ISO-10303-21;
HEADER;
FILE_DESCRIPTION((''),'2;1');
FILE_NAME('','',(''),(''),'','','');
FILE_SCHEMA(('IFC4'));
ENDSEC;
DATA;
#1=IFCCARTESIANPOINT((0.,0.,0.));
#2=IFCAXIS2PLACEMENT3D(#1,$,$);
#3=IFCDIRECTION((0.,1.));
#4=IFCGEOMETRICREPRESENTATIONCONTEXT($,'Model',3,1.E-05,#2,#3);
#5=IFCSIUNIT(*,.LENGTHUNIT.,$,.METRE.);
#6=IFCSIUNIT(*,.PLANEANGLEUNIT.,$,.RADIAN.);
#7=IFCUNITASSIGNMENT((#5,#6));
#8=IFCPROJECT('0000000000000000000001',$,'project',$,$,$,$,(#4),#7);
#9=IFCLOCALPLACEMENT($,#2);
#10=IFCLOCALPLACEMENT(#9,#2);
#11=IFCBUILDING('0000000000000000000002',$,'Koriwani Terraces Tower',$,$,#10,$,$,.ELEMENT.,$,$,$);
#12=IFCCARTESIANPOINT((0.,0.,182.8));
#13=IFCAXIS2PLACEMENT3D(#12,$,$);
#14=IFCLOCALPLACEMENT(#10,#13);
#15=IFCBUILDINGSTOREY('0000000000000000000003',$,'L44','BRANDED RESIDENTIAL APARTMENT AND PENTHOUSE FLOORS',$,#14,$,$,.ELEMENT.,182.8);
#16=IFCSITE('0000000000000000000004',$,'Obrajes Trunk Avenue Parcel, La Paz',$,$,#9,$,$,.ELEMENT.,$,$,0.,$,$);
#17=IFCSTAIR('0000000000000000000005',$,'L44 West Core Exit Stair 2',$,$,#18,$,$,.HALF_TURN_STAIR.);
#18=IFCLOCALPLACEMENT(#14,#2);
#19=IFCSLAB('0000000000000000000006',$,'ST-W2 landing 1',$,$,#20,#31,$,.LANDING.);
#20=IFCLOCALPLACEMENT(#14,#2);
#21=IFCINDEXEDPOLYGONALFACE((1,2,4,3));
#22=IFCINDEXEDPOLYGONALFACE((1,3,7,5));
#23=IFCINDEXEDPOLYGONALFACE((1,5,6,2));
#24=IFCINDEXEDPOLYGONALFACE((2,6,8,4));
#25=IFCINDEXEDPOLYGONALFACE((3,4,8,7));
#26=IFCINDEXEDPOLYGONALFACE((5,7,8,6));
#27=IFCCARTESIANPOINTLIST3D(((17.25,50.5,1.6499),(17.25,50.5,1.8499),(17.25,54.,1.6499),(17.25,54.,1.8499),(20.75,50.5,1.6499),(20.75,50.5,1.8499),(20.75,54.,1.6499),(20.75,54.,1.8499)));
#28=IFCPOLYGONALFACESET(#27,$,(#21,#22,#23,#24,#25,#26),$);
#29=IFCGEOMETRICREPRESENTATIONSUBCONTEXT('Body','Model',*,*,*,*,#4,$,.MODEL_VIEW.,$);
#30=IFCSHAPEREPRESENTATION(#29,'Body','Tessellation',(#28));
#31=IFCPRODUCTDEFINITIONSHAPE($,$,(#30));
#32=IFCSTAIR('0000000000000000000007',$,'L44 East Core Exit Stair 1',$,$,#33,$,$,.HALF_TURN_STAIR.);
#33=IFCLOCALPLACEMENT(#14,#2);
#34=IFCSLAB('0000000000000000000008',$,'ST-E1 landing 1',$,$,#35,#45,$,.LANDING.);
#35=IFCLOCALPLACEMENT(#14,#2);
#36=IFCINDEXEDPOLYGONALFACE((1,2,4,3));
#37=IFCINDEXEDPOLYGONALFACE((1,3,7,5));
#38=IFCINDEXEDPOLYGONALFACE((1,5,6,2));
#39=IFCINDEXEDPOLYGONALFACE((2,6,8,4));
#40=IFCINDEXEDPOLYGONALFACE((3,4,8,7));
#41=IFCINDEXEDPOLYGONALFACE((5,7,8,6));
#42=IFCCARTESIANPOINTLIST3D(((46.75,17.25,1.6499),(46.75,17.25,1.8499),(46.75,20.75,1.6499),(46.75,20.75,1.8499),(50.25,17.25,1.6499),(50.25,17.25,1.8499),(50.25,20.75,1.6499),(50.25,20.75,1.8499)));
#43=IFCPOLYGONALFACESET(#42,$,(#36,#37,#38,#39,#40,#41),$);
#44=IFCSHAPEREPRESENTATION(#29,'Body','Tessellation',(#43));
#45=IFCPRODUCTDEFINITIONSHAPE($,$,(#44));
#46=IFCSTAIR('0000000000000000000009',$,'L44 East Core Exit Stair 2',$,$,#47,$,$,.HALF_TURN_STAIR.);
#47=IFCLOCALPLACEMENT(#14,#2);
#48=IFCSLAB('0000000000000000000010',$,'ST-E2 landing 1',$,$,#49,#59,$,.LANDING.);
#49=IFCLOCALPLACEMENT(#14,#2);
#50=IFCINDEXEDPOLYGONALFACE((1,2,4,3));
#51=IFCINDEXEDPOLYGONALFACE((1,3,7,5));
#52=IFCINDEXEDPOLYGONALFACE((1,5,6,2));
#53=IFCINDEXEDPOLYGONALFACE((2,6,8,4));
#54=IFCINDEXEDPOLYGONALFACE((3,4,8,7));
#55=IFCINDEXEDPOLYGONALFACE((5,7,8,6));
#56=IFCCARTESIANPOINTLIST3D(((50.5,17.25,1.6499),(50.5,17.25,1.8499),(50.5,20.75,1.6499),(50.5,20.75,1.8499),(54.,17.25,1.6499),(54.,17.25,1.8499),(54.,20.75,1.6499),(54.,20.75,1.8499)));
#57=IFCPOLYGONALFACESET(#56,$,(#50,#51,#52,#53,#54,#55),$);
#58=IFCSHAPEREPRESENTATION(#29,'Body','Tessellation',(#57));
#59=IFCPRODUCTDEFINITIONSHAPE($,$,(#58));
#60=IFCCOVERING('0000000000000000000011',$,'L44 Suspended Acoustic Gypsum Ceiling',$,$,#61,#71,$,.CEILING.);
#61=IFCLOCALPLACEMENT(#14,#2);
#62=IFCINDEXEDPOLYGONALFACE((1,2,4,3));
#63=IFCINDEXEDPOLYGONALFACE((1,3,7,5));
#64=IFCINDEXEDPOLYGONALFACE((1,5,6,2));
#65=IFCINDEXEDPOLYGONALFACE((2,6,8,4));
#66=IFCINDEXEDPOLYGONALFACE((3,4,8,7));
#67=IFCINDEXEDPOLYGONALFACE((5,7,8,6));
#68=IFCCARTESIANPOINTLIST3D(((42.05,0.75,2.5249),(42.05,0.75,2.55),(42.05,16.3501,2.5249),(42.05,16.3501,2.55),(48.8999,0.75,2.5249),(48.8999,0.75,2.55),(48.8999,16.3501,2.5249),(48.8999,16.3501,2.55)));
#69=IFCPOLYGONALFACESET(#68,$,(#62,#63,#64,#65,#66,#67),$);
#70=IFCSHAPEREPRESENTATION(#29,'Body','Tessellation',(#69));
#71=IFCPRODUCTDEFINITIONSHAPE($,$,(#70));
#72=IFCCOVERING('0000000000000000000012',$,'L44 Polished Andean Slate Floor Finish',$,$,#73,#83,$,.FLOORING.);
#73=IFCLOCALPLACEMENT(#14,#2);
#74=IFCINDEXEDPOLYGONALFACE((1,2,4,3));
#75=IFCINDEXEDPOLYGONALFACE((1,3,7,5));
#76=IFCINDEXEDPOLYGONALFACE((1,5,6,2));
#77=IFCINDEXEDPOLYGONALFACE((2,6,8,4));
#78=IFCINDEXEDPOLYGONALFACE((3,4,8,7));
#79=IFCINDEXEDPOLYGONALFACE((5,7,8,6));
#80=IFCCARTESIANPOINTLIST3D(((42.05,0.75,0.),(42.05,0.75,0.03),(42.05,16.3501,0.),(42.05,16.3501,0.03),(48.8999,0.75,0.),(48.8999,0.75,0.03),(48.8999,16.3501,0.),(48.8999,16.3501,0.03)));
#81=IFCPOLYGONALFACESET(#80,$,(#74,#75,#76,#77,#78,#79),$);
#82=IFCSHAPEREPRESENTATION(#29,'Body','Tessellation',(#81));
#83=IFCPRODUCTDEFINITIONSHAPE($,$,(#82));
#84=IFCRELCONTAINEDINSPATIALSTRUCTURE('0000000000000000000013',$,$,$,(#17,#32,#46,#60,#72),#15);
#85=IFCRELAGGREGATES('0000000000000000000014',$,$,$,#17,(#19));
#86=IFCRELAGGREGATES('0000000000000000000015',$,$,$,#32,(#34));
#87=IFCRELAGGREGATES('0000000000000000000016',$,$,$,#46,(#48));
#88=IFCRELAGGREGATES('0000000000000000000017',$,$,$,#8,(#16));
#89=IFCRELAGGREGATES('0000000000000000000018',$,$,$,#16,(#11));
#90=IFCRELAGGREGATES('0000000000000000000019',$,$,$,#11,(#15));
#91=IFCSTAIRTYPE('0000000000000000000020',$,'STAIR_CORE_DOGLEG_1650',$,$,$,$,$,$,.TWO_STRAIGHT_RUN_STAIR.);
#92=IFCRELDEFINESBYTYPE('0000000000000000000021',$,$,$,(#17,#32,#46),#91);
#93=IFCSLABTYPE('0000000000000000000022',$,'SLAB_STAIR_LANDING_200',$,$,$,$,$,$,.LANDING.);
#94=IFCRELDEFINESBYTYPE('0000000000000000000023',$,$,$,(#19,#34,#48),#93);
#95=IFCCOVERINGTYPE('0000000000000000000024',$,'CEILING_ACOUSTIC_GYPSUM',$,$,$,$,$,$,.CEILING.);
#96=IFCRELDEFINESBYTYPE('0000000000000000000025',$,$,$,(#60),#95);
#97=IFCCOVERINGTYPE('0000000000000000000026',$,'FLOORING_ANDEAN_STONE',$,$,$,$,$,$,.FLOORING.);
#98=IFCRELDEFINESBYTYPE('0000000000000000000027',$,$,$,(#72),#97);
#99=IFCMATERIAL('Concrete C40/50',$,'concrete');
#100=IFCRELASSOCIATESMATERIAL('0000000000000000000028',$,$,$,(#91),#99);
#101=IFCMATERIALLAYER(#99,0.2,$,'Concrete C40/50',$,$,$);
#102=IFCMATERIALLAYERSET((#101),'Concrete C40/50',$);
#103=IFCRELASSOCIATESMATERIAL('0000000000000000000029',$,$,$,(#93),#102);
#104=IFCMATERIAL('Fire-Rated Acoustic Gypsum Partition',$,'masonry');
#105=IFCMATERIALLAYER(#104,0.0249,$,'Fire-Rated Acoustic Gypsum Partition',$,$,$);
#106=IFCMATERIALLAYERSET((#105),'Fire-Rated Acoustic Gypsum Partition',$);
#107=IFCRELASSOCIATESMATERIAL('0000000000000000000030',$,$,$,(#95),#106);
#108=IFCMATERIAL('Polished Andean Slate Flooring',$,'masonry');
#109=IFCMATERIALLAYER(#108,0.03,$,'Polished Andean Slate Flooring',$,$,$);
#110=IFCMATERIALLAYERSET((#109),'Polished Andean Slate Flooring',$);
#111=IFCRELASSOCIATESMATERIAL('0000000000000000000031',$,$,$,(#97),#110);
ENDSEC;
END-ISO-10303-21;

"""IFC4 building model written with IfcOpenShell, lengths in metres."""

from ifc_helpers import new_model, si_unit, direction, frame, origin, place, context, subcontext, project, spatial, polyline, outline, extrude, material, layer, layer_set, type_object, element, aggregate, save


model = new_model("IFC4")

# Units and contexts
model_context = context("Model", 3, precision=1e-05, world=origin(), true_north=direction((0.0, 1.0)))
body_context = subcontext(model_context, "Body", "Model", "MODEL_VIEW")
ifc_project = project(units=[si_unit("LENGTHUNIT", "METRE"), si_unit("PLANEANGLEUNIT", "RADIAN")], contexts=[model_context])

# Site, building, storey
site_placement = place(None, origin())
site = spatial("IfcSite", under=ifc_project, at=site_placement, Name="Obrajes Trunk Avenue Parcel, La Paz", CompositionType="ELEMENT", RefElevation=0.0)
building_placement = place(site_placement, origin())
building = spatial("IfcBuilding", under=site, at=building_placement, Name="Koriwani Terraces Tower", CompositionType="ELEMENT")
storey_placement = place(building_placement, frame((0.0, 0.0, 182.8)))
storey = spatial("IfcBuildingStorey", under=building, at=storey_placement, Name="L44", Description="BRANDED RESIDENTIAL APARTMENT AND PENTHOUSE FLOORS", CompositionType="ELEMENT", Elevation=182.8)

# Shared definitions
ifc_material_1 = material(Name="Concrete C40/50", Category="concrete")

# Stairs, slabs
stair_type = type_object("IfcStairType", Name="STAIR_CORE_DOGLEG_1650", PredefinedType="TWO_STRAIGHT_RUN_STAIR", material=ifc_material_1)
ifc_layer_1 = layer(ifc_material_1, 0.2, Name="Concrete C40/50")
ifc_layer_set_1 = layer_set([ifc_layer_1], Name="Concrete C40/50")
slab_type_1 = type_object("IfcSlabType", Name="SLAB_STAIR_LANDING_200", PredefinedType="LANDING", material=ifc_layer_set_1)
stair_1_placement = place(storey_placement, origin())
stair_1 = element("IfcStair", 1, at=stair_1_placement, inside=storey, type_object=stair_type, Name="L44 West Core Exit Stair 2", PredefinedType="HALF_TURN_STAIR")
slab_1_placement = place(storey_placement, frame((0.0, 0.0, 1.6499)))
slab_1 = element("IfcSlab", 2, at=slab_1_placement, type_object=slab_type_1, Name="ST-W2 landing 1", PredefinedType="LANDING", context=body_context, shape_type="SweptSolid", body=[
    extrude(outline(polyline([(17.25, 54.0), (17.25, 50.5), (20.75, 50.5), (20.75, 54.0), (17.25, 54.0)])), origin(), (0.0, 0.0, 1.0), 0.2),
])
aggregate(stair_1, [slab_1])
stair_2_placement = place(storey_placement, origin())
stair_2 = element("IfcStair", 3, at=stair_2_placement, inside=storey, type_object=stair_type, Name="L44 East Core Exit Stair 1", PredefinedType="HALF_TURN_STAIR")
slab_2_placement = place(storey_placement, frame((0.0, 0.0, 1.6499)))
slab_2 = element("IfcSlab", 4, at=slab_2_placement, type_object=slab_type_1, Name="ST-E1 landing 1", PredefinedType="LANDING", context=body_context, shape_type="SweptSolid", body=[
    extrude(outline(polyline([(46.75, 17.25), (50.25, 17.25), (50.25, 20.75), (46.75, 20.75), (46.75, 17.25)])), origin(), (0.0, 0.0, 1.0), 0.2),
])
aggregate(stair_2, [slab_2])
stair_3_placement = place(storey_placement, origin())
stair_3 = element("IfcStair", 5, at=stair_3_placement, inside=storey, type_object=stair_type, Name="L44 East Core Exit Stair 2", PredefinedType="HALF_TURN_STAIR")
slab_3_placement = place(storey_placement, frame((0.0, 0.0, 1.6499)))
slab_3 = element("IfcSlab", 6, at=slab_3_placement, type_object=slab_type_1, Name="ST-E2 landing 1", PredefinedType="LANDING", context=body_context, shape_type="SweptSolid", body=[
    extrude(outline(polyline([(54.0, 20.75), (50.5, 20.75), (50.5, 17.25), (54.0, 17.25), (54.0, 20.75)])), origin(), (0.0, 0.0, 1.0), 0.2),
])
aggregate(stair_3, [slab_3])

# Coverings
ifc_material_2 = material(Name="Fire-Rated Acoustic Gypsum Partition", Category="masonry")
ifc_layer_2 = layer(ifc_material_2, 0.0249, Name="Fire-Rated Acoustic Gypsum Partition")
ifc_layer_set_2 = layer_set([ifc_layer_2], Name="Fire-Rated Acoustic Gypsum Partition")
covering_type_1 = type_object("IfcCoveringType", Name="CEILING_ACOUSTIC_GYPSUM", PredefinedType="CEILING", material=ifc_layer_set_2)
covering_1_placement = place(storey_placement, frame((0.0, 0.0, 2.5249)))
element("IfcCovering", 7, at=covering_1_placement, inside=storey, type_object=covering_type_1, Name="L44 Suspended Acoustic Gypsum Ceiling", PredefinedType="CEILING", context=body_context, shape_type="SweptSolid", body=[
    extrude(outline(polyline([(42.05, 0.75), (42.05, 16.3501), (48.8999, 16.3501), (48.8999, 0.75), (42.05, 0.75)])), origin(), (0.0, 0.0, 1.0), 0.0251),
])
ifc_material_3 = material(Name="Polished Andean Slate Flooring", Category="masonry")
ifc_layer_3 = layer(ifc_material_3, 0.03, Name="Polished Andean Slate Flooring")
ifc_layer_set_3 = layer_set([ifc_layer_3], Name="Polished Andean Slate Flooring")
covering_type_2 = type_object("IfcCoveringType", Name="FLOORING_ANDEAN_STONE", PredefinedType="FLOORING", material=ifc_layer_set_3)
covering_2_placement = place(storey_placement, origin())
element("IfcCovering", 8, at=covering_2_placement, inside=storey, type_object=covering_type_2, Name="L44 Polished Andean Slate Floor Finish", PredefinedType="FLOORING", context=body_context, shape_type="SweptSolid", body=[
    extrude(outline(polyline([(42.05, 0.75), (42.05, 16.3501), (48.8999, 16.3501), (48.8999, 0.75), (42.05, 0.75)])), origin(), (0.0, 0.0, 1.0), 0.03),
])

save(model, "model.ifc")
